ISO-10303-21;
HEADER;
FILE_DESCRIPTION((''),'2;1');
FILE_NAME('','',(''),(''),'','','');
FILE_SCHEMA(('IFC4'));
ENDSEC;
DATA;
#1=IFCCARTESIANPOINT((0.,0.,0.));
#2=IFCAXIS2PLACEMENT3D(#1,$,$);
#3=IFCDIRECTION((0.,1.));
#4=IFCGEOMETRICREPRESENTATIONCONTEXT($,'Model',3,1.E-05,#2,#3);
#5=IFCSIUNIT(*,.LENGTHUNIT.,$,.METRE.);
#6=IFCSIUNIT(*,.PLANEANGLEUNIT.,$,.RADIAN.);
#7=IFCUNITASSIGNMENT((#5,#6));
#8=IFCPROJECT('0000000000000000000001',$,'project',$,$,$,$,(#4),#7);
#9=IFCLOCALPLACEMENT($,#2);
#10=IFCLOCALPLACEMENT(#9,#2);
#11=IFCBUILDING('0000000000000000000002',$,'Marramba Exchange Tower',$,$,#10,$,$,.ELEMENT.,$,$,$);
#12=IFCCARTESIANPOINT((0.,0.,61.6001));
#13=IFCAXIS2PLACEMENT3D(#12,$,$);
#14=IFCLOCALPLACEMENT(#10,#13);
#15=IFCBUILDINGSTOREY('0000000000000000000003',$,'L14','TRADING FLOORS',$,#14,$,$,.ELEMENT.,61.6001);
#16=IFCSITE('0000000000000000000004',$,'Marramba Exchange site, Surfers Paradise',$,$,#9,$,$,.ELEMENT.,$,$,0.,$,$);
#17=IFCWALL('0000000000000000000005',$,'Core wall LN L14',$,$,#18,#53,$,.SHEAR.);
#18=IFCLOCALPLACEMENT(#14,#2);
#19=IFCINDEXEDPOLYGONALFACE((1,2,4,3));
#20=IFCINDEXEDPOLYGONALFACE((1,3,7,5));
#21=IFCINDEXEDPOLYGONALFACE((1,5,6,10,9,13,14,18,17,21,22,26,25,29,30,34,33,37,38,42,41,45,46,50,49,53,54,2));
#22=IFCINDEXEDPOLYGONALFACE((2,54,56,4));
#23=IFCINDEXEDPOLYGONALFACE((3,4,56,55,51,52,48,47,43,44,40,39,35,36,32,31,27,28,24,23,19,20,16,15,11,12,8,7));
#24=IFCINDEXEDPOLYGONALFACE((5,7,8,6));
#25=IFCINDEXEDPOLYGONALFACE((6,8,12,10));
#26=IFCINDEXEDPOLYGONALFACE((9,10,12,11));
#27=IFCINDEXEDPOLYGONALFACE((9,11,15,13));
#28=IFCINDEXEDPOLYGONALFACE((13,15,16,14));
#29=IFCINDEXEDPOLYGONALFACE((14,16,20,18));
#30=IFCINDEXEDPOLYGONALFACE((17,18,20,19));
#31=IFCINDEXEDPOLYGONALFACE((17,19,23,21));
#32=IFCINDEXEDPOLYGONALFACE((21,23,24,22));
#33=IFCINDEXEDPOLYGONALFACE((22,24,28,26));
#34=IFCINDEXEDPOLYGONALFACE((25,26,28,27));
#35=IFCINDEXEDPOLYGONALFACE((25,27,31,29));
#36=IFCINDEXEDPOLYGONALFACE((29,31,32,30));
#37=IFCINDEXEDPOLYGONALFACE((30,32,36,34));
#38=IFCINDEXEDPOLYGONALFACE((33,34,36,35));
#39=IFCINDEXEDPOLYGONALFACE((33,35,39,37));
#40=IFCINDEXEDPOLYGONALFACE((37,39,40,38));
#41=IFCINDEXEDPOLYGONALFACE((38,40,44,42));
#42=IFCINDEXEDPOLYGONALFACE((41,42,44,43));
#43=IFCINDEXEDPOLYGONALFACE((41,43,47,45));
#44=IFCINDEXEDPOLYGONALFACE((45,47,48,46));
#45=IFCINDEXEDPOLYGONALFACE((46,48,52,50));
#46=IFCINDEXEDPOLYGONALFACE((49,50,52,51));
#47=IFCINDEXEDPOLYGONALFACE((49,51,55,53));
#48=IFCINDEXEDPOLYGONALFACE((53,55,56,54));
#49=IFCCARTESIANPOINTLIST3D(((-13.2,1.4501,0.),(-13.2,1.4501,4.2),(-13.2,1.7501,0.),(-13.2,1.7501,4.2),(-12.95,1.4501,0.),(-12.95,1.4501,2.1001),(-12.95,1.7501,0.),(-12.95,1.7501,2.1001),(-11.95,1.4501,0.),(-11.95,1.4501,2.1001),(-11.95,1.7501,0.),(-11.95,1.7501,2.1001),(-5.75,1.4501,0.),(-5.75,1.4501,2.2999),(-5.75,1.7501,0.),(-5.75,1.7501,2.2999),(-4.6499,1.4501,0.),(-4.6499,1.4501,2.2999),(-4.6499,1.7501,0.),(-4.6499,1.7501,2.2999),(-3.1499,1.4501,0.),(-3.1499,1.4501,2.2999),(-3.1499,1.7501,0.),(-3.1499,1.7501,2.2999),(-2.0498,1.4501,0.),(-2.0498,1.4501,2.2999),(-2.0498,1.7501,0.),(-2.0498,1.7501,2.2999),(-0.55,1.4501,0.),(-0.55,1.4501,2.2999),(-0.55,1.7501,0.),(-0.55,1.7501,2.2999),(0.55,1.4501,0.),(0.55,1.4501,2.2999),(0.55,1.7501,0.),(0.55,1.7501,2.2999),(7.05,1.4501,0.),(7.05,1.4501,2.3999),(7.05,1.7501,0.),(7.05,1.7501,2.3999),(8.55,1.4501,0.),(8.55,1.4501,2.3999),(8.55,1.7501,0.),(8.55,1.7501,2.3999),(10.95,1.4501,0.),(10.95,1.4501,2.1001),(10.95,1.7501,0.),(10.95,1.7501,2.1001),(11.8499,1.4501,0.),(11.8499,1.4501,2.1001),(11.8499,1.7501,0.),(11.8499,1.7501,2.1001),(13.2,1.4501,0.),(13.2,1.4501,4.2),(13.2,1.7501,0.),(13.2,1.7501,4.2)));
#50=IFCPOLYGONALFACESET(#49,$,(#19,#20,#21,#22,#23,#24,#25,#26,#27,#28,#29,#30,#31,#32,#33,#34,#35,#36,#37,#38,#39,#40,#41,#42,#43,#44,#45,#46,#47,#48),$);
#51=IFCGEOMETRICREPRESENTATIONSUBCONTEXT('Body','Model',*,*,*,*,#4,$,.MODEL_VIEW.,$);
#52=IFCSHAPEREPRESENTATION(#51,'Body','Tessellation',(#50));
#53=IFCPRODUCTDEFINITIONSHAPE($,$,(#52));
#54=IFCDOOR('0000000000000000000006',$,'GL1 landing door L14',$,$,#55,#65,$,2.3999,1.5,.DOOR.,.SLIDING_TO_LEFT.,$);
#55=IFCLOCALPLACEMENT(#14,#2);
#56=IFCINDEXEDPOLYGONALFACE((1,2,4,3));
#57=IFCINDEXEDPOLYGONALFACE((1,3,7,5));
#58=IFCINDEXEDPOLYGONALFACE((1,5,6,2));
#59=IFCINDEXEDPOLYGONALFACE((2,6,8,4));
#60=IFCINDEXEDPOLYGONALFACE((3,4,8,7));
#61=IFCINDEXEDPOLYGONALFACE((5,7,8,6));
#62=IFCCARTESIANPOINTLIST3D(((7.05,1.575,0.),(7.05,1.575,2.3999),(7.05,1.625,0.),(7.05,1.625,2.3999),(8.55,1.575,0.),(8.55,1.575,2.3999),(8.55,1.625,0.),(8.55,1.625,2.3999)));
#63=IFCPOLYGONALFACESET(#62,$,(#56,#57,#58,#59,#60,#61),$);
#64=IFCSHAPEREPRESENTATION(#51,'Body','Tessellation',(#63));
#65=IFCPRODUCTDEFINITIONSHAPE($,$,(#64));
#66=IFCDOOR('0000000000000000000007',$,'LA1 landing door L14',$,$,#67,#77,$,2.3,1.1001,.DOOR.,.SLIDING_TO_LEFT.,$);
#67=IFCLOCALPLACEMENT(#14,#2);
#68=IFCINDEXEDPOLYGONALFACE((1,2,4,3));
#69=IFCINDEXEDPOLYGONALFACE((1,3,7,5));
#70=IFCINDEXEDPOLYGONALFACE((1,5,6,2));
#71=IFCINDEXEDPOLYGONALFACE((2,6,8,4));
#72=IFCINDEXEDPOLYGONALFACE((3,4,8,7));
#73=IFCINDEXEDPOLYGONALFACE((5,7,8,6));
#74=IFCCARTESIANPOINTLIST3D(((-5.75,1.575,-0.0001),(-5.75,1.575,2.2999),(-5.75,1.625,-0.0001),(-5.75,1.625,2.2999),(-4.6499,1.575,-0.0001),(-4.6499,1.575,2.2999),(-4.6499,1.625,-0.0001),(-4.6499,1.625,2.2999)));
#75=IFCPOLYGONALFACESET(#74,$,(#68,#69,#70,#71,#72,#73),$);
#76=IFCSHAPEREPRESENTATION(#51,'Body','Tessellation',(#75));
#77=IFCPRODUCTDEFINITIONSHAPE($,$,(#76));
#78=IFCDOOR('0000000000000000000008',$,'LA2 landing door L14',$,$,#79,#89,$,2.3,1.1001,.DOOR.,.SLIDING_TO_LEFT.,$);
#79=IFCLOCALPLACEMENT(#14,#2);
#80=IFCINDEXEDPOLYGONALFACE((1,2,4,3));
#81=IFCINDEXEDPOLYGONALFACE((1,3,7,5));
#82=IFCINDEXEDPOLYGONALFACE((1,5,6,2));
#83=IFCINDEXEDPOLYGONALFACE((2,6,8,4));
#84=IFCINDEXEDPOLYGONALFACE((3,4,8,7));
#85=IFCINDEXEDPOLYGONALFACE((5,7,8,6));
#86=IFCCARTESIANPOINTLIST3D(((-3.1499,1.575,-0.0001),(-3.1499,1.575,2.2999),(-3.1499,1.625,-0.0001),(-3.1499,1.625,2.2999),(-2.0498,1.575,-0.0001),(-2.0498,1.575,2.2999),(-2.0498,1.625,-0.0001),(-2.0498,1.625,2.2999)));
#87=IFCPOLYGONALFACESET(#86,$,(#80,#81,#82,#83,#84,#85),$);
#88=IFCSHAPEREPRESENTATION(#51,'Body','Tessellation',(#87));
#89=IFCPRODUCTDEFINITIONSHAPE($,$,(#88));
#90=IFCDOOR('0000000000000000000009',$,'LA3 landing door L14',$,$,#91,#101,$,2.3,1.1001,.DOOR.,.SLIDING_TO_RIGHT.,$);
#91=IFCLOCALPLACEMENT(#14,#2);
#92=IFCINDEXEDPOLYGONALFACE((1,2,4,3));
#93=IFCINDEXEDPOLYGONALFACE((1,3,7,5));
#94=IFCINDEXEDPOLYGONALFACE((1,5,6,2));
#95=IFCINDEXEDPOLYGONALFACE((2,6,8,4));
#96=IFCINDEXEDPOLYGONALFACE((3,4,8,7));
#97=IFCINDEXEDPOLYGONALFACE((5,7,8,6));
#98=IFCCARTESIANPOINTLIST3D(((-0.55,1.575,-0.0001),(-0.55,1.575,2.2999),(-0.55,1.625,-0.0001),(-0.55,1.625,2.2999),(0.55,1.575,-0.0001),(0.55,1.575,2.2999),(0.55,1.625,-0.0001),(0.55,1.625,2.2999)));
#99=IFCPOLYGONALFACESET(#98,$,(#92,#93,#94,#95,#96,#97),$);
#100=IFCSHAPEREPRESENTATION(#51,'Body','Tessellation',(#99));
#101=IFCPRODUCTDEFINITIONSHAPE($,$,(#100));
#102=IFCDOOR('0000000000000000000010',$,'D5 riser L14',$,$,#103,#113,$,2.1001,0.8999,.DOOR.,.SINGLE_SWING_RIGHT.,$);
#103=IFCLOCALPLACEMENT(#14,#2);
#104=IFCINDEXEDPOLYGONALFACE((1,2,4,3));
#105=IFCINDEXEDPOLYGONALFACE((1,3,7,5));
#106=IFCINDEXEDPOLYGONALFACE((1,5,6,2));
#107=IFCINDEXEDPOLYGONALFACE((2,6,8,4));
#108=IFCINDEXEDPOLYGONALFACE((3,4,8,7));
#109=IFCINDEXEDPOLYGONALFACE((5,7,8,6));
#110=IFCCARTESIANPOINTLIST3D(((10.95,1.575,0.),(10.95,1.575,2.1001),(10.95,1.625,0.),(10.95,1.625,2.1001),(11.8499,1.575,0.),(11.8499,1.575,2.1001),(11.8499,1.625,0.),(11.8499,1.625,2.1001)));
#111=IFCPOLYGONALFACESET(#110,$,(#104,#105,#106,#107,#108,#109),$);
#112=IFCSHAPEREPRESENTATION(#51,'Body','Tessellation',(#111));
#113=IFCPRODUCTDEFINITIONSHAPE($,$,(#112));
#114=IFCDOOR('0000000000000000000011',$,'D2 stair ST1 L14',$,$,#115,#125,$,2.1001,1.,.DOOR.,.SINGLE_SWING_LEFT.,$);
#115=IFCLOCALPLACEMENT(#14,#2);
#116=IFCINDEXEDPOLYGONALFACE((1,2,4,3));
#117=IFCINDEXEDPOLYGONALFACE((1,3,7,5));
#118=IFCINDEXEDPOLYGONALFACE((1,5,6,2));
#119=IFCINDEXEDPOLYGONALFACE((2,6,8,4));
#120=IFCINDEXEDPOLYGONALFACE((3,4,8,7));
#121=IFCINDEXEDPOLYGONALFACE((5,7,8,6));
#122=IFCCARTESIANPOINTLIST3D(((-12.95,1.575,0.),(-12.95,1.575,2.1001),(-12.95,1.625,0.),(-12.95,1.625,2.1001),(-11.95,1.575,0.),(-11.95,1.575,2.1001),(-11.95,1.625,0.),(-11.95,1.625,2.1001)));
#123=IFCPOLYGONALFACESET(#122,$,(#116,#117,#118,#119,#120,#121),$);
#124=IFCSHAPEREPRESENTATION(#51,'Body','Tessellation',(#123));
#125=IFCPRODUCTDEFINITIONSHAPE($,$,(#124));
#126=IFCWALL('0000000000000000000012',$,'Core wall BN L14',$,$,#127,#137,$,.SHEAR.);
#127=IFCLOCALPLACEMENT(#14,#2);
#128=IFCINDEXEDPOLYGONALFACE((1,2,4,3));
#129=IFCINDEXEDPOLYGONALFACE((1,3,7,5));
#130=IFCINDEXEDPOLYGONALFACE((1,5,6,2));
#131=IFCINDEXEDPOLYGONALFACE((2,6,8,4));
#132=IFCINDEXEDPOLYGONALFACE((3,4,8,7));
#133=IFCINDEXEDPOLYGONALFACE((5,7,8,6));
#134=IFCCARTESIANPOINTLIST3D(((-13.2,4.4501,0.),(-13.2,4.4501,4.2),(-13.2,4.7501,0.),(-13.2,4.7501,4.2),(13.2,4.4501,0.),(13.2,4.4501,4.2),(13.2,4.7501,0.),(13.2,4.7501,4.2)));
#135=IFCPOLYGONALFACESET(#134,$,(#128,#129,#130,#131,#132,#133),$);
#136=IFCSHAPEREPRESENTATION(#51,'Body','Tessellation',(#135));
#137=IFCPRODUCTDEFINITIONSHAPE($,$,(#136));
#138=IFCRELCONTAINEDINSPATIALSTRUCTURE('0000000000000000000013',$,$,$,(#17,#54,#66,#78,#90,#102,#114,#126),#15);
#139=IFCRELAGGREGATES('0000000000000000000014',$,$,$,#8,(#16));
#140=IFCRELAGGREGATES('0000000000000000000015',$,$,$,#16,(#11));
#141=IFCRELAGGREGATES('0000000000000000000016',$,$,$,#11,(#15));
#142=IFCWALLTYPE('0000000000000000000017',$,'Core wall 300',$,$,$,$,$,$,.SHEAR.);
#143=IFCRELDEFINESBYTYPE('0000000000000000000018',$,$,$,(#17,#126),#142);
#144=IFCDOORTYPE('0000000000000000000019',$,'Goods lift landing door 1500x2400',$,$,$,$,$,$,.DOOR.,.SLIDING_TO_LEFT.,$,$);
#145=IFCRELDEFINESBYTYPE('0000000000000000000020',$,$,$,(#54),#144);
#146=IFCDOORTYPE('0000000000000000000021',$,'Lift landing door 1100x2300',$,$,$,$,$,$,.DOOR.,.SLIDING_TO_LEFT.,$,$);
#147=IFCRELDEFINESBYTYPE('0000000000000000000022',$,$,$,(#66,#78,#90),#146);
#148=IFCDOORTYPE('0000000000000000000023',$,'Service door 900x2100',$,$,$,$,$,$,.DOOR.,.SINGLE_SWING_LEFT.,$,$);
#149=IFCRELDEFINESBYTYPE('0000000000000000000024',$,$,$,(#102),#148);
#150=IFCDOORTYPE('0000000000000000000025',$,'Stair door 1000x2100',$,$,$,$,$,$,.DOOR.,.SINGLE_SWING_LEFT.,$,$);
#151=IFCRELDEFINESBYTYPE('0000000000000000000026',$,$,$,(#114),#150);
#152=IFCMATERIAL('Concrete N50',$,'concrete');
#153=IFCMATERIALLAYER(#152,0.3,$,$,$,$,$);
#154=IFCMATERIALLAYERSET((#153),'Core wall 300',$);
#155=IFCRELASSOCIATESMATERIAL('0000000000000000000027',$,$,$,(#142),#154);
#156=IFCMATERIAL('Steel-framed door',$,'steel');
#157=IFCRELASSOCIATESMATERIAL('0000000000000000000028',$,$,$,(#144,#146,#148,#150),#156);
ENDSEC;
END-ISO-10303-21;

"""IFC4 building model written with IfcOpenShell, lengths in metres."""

from ifc_helpers import new_model, si_unit, direction, frame, frame_2d, origin, place, context, subcontext, project, spatial, rectangle, extrude, material, layer, layer_set, type_object, element, fill, save


model = new_model("IFC4")

# Units and contexts
model_context = context("Model", 3, precision=1e-05, world=origin(), true_north=direction((0.0, 1.0)))
body_context = subcontext(model_context, "Body", "Model", "MODEL_VIEW")
ifc_project = project(units=[si_unit("LENGTHUNIT", "METRE"), si_unit("PLANEANGLEUNIT", "RADIAN")], contexts=[model_context])

# Site, building, storey
site_placement = place(None, origin())
site = spatial("IfcSite", under=ifc_project, at=site_placement, Name="Marramba Exchange site, Surfers Paradise", CompositionType="ELEMENT", RefElevation=0.0)
building_placement = place(site_placement, origin())
building = spatial("IfcBuilding", under=site, at=building_placement, Name="Marramba Exchange Tower", CompositionType="ELEMENT")
storey_placement = place(building_placement, frame((0.0, 0.0, 61.6001)))
storey = spatial("IfcBuildingStorey", under=building, at=storey_placement, Name="L14", Description="TRADING FLOORS", CompositionType="ELEMENT", Elevation=61.6001)

# Shared definitions
ifc_material_1 = material(Name="Concrete N50", Category="concrete")
ifc_material_2 = material(Name="Steel-framed door", Category="steel")

# Wall, openings, doors
ifc_layer_1 = layer(ifc_material_1, 0.3)
ifc_layer_set_1 = layer_set([ifc_layer_1], Name="Core wall 300")
wall_type_1 = type_object("IfcWallType", Name="Core wall 300", PredefinedType="SHEAR", material=ifc_layer_set_1)
wall_1_placement = place(storey_placement, frame((-13.2, 1.6001, 0.0), z_axis=(0.0, 0.0, 1.0), x_axis=(1.0, 0.0, 0.0)))
wall_1 = element("IfcWall", 1, at=wall_1_placement, inside=storey, type_object=wall_type_1, Name="Core wall LN L14", PredefinedType="SHEAR", context=body_context, shape_type="SweptSolid", body=[
    extrude(rectangle(XDim=26.3999, YDim=0.3, at=frame_2d((13.2, 0.0))), origin(), (0.0, 0.0, 1.0), 4.2),
])
opening_1_placement = place(wall_1_placement, frame((0.25, 0.0, 0.0)))
opening_1 = element("IfcOpeningElement", 2, at=opening_1_placement, cuts=wall_1, PredefinedType="OPENING", context=body_context, shape_type="SweptSolid", body=[
    extrude(rectangle(XDim=1.0, YDim=2.1001, at=frame_2d((0.5, 1.05))), frame((0.0, 0.1599, 0.0), z_axis=(0.0, -1.0, 0.0), x_axis=(1.0, 0.0, 0.0)), (0.0, 0.0, 1.0), 0.3201),
])
opening_2_placement = place(wall_1_placement, frame((20.25, 0.0, 0.0)))
opening_2 = element("IfcOpeningElement", 3, at=opening_2_placement, cuts=wall_1, PredefinedType="OPENING", context=body_context, shape_type="SweptSolid", body=[
    extrude(rectangle(XDim=1.5, YDim=2.3999, at=frame_2d((0.75, 1.2))), frame((0.0, 0.1599, 0.0), z_axis=(0.0, -1.0, 0.0), x_axis=(1.0, 0.0, 0.0)), (0.0, 0.0, 1.0), 0.3201),
])
opening_3_placement = place(wall_1_placement, frame((7.45, 0.0, 0.0)))
opening_3 = element("IfcOpeningElement", 4, at=opening_3_placement, cuts=wall_1, PredefinedType="OPENING", context=body_context, shape_type="SweptSolid", body=[
    extrude(rectangle(XDim=1.1001, YDim=2.3, at=frame_2d((0.55, 1.1499))), frame((0.0, 0.1599, 0.0), z_axis=(0.0, -1.0, 0.0), x_axis=(1.0, 0.0, 0.0)), (0.0, 0.0, 1.0), 0.3201),
])
opening_4_placement = place(wall_1_placement, frame((10.05, 0.0, 0.0)))
opening_4 = element("IfcOpeningElement", 5, at=opening_4_placement, cuts=wall_1, PredefinedType="OPENING", context=body_context, shape_type="SweptSolid", body=[
    extrude(rectangle(XDim=1.1001, YDim=2.3, at=frame_2d((0.55, 1.1499))), frame((0.0, 0.1599, 0.0), z_axis=(0.0, -1.0, 0.0), x_axis=(1.0, 0.0, 0.0)), (0.0, 0.0, 1.0), 0.3201),
])
opening_5_placement = place(wall_1_placement, frame((12.6499, 0.0, 0.0)))
opening_5 = element("IfcOpeningElement", 6, at=opening_5_placement, cuts=wall_1, PredefinedType="OPENING", context=body_context, shape_type="SweptSolid", body=[
    extrude(rectangle(XDim=1.1001, YDim=2.3, at=frame_2d((0.55, 1.1499))), frame((0.0, 0.1599, 0.0), z_axis=(0.0, -1.0, 0.0), x_axis=(1.0, 0.0, 0.0)), (0.0, 0.0, 1.0), 0.3201),
])
opening_6_placement = place(wall_1_placement, frame((24.1499, 0.0, 0.0)))
opening_6 = element("IfcOpeningElement", 7, at=opening_6_placement, cuts=wall_1, PredefinedType="OPENING", context=body_context, shape_type="SweptSolid", body=[
    extrude(rectangle(XDim=0.8999, YDim=2.1001, at=frame_2d((0.45, 1.05))), frame((0.0, 0.1599, 0.0), z_axis=(0.0, -1.0, 0.0), x_axis=(1.0, 0.0, 0.0)), (0.0, 0.0, 1.0), 0.3201),
])
door_type_1 = type_object("IfcDoorType", Name="Goods lift landing door 1500x2400", OperationType="SLIDING_TO_LEFT", PredefinedType="DOOR", material=ifc_material_2)
door_1_placement = place(opening_2_placement, origin())
door_1 = element("IfcDoor", 8, at=door_1_placement, inside=storey, type_object=door_type_1, Name="GL1 landing door L14", OperationType="SLIDING_TO_LEFT", OverallHeight=2.3999, OverallWidth=1.5, PredefinedType="DOOR", context=body_context, shape_type="SweptSolid", body=[
    extrude(rectangle(XDim=1.5, YDim=2.3999, at=frame_2d((0.75, 1.2))), frame((0.0, 0.0249, 0.0), z_axis=(0.0, -1.0, 0.0), x_axis=(1.0, 0.0, 0.0)), (0.0, 0.0, 1.0), 0.05),
])
fill(opening_2, door_1)
door_type_2 = type_object("IfcDoorType", Name="Lift landing door 1100x2300", OperationType="SLIDING_TO_LEFT", PredefinedType="DOOR", material=ifc_material_2)
door_2_placement = place(opening_3_placement, origin())
door_2 = element("IfcDoor", 9, at=door_2_placement, inside=storey, type_object=door_type_2, Name="LA1 landing door L14", OperationType="SLIDING_TO_LEFT", OverallHeight=2.3, OverallWidth=1.1001, PredefinedType="DOOR", context=body_context, shape_type="SweptSolid", body=[
    extrude(rectangle(XDim=1.1001, YDim=2.3, at=frame_2d((0.55, 1.1499))), frame((0.0, 0.0249, 0.0), z_axis=(0.0, -1.0, 0.0), x_axis=(1.0, 0.0, 0.0)), (0.0, 0.0, 1.0), 0.05),
])
fill(opening_3, door_2)
door_3_placement = place(opening_4_placement, origin())
door_3 = element("IfcDoor", 10, at=door_3_placement, inside=storey, type_object=door_type_2, Name="LA2 landing door L14", OperationType="SLIDING_TO_LEFT", OverallHeight=2.3, OverallWidth=1.1001, PredefinedType="DOOR", context=body_context, shape_type="SweptSolid", body=[
    extrude(rectangle(XDim=1.1001, YDim=2.3, at=frame_2d((0.55, 1.1499))), frame((0.0, 0.0249, 0.0), z_axis=(0.0, -1.0, 0.0), x_axis=(1.0, 0.0, 0.0)), (0.0, 0.0, 1.0), 0.05),
])
fill(opening_4, door_3)
door_4_placement = place(opening_5_placement, origin())
door_4 = element("IfcDoor", 11, at=door_4_placement, inside=storey, type_object=door_type_2, Name="LA3 landing door L14", OperationType="SLIDING_TO_RIGHT", OverallHeight=2.3, OverallWidth=1.1001, PredefinedType="DOOR", context=body_context, shape_type="SweptSolid", body=[
    extrude(rectangle(XDim=1.1001, YDim=2.3, at=frame_2d((0.55, 1.1499))), frame((0.0, 0.0249, 0.0), z_axis=(0.0, -1.0, 0.0), x_axis=(1.0, 0.0, 0.0)), (0.0, 0.0, 1.0), 0.05),
])
fill(opening_5, door_4)
door_type_3 = type_object("IfcDoorType", Name="Service door 900x2100", OperationType="SINGLE_SWING_LEFT", PredefinedType="DOOR", material=ifc_material_2)
door_5_placement = place(opening_6_placement, origin())
door_5 = element("IfcDoor", 12, at=door_5_placement, inside=storey, type_object=door_type_3, Name="D5 riser L14", OperationType="SINGLE_SWING_RIGHT", OverallHeight=2.1001, OverallWidth=0.8999, PredefinedType="DOOR", context=body_context, shape_type="SweptSolid", body=[
    extrude(rectangle(XDim=0.8999, YDim=2.1001, at=frame_2d((0.45, 1.05))), frame((0.0, 0.0249, 0.0), z_axis=(0.0, -1.0, 0.0), x_axis=(1.0, 0.0, 0.0)), (0.0, 0.0, 1.0), 0.05),
])
fill(opening_6, door_5)
door_type_4 = type_object("IfcDoorType", Name="Stair door 1000x2100", OperationType="SINGLE_SWING_LEFT", PredefinedType="DOOR", material=ifc_material_2)
door_6_placement = place(opening_1_placement, origin())
door_6 = element("IfcDoor", 13, at=door_6_placement, inside=storey, type_object=door_type_4, Name="D2 stair ST1 L14", OperationType="SINGLE_SWING_LEFT", OverallHeight=2.1001, OverallWidth=1.0, PredefinedType="DOOR", context=body_context, shape_type="SweptSolid", body=[
    extrude(rectangle(XDim=1.0, YDim=2.1001, at=frame_2d((0.5, 1.05))), frame((0.0, 0.0249, 0.0), z_axis=(0.0, -1.0, 0.0), x_axis=(1.0, 0.0, 0.0)), (0.0, 0.0, 1.0), 0.05),
])
fill(opening_1, door_6)

# Wall
wall_2_placement = place(storey_placement, frame((-13.2, 4.6001, 0.0), z_axis=(0.0, 0.0, 1.0), x_axis=(1.0, 0.0, 0.0)))
element("IfcWall", 14, at=wall_2_placement, inside=storey, type_object=wall_type_1, Name="Core wall BN L14", PredefinedType="SHEAR", context=body_context, shape_type="SweptSolid", body=[
    extrude(rectangle(XDim=26.3999, YDim=0.3, at=frame_2d((13.2, 0.0))), origin(), (0.0, 0.0, 1.0), 4.2),
])

save(model, "model.ifc")
